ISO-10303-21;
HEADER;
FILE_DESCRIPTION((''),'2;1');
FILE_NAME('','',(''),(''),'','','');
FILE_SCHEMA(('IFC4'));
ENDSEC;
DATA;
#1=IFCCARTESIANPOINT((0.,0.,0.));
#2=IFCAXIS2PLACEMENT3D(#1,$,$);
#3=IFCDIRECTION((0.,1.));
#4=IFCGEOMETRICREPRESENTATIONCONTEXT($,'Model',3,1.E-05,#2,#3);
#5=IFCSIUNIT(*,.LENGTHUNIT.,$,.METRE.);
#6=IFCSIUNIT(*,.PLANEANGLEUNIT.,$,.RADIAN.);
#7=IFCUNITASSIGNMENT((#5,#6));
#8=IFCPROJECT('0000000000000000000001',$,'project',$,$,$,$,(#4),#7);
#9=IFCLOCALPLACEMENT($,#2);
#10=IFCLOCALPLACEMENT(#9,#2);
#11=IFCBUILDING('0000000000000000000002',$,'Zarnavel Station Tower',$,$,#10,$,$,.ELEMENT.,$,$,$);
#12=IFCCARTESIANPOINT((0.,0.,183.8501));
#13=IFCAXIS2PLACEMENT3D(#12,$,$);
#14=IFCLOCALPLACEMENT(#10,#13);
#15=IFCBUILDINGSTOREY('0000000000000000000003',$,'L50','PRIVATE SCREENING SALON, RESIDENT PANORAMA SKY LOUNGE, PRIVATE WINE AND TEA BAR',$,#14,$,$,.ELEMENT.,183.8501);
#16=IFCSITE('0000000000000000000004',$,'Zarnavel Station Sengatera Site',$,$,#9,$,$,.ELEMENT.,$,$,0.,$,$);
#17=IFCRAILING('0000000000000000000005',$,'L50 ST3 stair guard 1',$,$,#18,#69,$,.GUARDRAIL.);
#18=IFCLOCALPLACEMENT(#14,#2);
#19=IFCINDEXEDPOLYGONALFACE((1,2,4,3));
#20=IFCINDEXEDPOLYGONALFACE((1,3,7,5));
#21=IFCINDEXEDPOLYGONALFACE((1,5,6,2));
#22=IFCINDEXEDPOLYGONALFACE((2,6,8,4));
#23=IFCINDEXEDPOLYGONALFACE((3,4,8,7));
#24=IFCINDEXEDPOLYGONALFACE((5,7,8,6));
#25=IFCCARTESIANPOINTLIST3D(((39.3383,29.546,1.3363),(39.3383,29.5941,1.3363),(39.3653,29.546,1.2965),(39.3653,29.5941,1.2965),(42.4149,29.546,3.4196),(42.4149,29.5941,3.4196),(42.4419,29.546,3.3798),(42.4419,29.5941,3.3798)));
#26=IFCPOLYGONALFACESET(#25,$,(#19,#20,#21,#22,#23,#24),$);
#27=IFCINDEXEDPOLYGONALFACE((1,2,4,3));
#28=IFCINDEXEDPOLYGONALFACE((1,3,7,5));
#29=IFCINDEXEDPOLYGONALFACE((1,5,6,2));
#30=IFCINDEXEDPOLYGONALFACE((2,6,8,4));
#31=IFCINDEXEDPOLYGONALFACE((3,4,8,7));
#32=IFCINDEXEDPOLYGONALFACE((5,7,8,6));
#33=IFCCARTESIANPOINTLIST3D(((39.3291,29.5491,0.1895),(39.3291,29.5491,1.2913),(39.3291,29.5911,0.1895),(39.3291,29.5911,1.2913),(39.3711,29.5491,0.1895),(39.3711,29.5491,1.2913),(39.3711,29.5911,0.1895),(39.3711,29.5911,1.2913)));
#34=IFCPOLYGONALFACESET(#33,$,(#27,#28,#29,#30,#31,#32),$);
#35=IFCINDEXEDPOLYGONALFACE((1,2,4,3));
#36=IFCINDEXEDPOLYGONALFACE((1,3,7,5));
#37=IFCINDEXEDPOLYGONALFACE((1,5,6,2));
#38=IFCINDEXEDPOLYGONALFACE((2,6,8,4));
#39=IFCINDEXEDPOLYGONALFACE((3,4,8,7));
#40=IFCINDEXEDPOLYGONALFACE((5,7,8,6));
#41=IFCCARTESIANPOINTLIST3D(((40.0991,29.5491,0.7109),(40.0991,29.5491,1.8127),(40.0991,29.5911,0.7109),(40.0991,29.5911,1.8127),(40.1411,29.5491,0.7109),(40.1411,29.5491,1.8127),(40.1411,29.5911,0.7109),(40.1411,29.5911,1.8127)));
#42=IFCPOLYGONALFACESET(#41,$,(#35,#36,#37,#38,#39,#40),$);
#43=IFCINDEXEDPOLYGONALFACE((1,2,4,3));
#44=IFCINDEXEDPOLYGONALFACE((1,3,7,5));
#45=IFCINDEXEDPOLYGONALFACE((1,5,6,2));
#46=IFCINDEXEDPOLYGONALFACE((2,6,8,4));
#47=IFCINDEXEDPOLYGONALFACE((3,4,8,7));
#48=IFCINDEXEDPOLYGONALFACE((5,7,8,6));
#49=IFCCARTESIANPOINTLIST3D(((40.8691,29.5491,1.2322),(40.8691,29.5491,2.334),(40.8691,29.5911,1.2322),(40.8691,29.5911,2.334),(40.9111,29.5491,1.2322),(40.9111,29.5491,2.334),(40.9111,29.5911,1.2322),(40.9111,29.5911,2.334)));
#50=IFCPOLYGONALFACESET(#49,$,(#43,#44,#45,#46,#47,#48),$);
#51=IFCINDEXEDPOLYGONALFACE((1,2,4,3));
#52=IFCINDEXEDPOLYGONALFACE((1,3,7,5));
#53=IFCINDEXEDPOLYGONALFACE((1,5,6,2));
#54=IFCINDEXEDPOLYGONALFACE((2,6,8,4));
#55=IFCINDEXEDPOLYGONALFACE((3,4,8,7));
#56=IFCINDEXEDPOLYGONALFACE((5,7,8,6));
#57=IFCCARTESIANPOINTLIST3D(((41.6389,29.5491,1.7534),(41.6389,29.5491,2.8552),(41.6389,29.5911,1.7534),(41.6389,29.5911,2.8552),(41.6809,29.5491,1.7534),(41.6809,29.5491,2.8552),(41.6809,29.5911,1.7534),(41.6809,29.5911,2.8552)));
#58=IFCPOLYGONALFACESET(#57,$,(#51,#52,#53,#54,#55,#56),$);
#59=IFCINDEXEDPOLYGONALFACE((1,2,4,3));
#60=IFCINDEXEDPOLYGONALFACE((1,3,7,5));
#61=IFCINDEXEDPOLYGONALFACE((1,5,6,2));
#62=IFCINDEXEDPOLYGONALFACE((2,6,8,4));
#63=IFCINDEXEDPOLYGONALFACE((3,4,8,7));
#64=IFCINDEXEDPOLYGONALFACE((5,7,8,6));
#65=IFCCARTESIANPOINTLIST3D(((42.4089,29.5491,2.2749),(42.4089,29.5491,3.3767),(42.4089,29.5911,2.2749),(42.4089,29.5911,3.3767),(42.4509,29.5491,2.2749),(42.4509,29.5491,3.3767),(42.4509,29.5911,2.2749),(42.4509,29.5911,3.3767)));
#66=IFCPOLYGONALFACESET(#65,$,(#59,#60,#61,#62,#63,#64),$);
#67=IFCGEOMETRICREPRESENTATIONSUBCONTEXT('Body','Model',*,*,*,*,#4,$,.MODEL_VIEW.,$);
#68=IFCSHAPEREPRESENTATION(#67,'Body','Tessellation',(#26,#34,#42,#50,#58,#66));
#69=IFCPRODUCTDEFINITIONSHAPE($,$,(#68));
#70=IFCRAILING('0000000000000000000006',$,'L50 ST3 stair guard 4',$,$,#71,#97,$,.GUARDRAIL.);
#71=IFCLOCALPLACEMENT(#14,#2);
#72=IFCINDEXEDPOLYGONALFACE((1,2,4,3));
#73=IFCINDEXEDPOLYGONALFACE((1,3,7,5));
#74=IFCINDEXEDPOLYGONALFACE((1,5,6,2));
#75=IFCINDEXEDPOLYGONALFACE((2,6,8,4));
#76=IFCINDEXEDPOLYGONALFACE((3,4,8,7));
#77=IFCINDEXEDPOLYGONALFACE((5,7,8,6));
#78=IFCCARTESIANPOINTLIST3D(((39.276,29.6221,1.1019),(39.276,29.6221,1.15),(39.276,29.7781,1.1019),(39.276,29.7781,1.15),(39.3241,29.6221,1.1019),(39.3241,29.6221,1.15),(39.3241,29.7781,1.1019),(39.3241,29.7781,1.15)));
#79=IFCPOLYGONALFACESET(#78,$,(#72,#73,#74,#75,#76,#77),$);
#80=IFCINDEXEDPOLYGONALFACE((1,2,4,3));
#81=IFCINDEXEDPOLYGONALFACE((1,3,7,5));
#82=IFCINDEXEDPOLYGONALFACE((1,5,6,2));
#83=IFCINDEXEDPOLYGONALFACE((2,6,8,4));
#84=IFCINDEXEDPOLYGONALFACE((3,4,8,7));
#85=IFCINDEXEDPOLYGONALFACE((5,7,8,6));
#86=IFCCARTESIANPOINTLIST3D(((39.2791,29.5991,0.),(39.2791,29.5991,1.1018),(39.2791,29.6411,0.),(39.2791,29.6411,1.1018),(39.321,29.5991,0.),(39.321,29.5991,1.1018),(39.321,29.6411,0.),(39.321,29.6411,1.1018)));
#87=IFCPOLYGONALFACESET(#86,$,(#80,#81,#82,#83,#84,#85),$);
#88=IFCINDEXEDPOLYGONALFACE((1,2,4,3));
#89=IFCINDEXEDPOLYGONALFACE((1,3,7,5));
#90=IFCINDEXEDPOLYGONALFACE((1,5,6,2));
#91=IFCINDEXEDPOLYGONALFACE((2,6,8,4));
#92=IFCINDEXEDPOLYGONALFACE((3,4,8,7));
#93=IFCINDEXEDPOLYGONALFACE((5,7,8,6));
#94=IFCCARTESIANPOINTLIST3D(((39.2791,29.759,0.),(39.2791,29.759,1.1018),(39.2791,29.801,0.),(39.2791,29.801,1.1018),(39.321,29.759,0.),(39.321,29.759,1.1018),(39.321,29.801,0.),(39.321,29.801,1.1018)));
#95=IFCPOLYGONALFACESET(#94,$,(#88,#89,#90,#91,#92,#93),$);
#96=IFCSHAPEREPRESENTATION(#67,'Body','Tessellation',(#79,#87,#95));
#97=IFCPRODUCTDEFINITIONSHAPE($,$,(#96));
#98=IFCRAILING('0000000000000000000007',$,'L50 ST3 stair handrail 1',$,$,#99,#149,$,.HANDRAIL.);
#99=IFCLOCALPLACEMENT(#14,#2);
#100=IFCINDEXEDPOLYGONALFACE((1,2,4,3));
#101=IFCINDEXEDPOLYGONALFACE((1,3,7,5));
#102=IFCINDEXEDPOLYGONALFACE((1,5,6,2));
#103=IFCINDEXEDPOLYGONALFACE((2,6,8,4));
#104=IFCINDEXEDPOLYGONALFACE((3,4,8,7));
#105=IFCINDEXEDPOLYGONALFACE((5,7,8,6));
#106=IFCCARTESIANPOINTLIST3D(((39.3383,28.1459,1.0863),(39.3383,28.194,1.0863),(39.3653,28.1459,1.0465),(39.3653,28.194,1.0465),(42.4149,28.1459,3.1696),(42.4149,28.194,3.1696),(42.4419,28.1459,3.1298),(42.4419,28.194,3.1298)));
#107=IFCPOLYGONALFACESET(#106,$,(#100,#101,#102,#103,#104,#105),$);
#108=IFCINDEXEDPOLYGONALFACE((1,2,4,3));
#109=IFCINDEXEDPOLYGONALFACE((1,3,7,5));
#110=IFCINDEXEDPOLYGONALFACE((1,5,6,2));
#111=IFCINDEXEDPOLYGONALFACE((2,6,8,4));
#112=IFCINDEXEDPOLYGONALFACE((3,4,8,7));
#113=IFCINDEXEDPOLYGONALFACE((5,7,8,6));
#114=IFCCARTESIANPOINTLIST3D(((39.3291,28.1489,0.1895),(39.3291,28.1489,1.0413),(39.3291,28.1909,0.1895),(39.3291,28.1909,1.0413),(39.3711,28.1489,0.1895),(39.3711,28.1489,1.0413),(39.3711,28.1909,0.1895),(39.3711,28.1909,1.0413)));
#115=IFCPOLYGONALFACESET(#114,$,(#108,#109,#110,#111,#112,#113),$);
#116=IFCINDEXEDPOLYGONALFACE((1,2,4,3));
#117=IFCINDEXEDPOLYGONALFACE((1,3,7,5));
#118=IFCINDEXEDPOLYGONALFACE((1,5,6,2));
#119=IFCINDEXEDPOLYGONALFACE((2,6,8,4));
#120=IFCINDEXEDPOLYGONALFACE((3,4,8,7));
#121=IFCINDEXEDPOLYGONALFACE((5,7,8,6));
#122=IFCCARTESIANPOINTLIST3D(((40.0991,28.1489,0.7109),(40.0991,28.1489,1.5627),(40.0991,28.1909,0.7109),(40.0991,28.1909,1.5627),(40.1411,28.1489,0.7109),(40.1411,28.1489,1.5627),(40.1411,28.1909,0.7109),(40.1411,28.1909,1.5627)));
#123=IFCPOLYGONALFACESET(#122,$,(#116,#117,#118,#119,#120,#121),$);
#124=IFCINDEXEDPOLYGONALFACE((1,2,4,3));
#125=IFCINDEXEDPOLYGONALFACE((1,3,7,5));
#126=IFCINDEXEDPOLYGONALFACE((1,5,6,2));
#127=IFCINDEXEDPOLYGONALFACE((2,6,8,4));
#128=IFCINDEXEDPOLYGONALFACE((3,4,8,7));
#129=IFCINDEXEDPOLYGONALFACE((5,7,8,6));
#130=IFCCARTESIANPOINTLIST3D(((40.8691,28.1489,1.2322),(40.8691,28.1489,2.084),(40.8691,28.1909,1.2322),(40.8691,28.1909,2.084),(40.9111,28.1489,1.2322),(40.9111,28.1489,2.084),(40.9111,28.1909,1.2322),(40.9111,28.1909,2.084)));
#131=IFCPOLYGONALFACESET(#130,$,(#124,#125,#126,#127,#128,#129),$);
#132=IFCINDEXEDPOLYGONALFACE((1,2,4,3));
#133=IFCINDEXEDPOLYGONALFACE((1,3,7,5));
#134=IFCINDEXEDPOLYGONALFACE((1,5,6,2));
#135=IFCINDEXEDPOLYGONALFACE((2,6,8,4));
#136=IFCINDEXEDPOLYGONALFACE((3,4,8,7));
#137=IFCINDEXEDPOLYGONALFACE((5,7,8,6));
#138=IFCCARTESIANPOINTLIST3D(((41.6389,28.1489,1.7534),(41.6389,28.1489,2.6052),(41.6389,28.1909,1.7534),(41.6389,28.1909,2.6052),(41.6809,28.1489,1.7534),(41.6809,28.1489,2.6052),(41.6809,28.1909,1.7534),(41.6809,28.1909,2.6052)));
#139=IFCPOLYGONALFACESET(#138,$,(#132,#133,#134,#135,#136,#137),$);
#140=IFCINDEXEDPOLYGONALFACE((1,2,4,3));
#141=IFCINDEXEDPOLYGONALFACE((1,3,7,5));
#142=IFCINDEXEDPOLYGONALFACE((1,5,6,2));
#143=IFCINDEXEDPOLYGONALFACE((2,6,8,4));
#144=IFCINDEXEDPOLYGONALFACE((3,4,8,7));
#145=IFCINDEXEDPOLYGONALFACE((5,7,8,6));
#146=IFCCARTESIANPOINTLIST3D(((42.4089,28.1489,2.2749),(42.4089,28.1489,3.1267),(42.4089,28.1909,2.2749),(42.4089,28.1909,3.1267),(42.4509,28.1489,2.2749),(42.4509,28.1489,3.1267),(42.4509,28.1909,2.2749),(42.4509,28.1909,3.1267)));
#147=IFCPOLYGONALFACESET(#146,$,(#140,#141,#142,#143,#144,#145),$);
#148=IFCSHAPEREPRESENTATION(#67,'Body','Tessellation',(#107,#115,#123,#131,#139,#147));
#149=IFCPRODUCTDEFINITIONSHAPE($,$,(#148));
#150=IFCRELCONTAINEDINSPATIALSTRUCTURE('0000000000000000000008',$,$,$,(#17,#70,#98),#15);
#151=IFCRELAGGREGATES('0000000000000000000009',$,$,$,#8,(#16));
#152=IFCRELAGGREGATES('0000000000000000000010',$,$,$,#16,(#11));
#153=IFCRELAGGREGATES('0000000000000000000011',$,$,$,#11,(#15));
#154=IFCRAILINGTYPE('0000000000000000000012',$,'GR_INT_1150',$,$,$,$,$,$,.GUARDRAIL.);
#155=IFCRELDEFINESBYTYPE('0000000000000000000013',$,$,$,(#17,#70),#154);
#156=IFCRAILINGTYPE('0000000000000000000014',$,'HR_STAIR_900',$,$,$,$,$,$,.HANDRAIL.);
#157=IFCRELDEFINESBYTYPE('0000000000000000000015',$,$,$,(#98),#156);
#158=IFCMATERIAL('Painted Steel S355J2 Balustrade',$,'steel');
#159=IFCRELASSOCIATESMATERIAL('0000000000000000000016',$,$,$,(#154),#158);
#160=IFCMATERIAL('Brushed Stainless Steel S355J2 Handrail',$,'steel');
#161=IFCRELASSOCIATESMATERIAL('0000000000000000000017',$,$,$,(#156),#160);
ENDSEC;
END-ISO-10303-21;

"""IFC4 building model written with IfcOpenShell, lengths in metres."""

from ifc_helpers import new_model, si_unit, direction, frame, origin, origin_2d, place, context, subcontext, project, spatial, rectangle, extrude, material, type_object, element, save


model = new_model("IFC4")

# Units and contexts
model_context = context("Model", 3, precision=1e-05, world=origin(), true_north=direction((0.0, 1.0)))
body_context = subcontext(model_context, "Body", "Model", "MODEL_VIEW")
ifc_project = project(units=[si_unit("LENGTHUNIT", "METRE"), si_unit("PLANEANGLEUNIT", "RADIAN")], contexts=[model_context])

# Site, building, storey
site_placement = place(None, origin())
site = spatial("IfcSite", under=ifc_project, at=site_placement, Name="Zarnavel Station Sengatera Site", CompositionType="ELEMENT", RefElevation=0.0)
building_placement = place(site_placement, origin())
building = spatial("IfcBuilding", under=site, at=building_placement, Name="Zarnavel Station Tower", CompositionType="ELEMENT")
storey_placement = place(building_placement, frame((0.0, 0.0, 183.8501)))
storey = spatial("IfcBuildingStorey", under=building, at=storey_placement, Name="L50", Description="PRIVATE SCREENING SALON, RESIDENT PANORAMA SKY LOUNGE, PRIVATE WINE AND TEA BAR", CompositionType="ELEMENT", Elevation=183.8501)

# Railings
ifc_material_1 = material(Name="Painted Steel S355J2 Balustrade", Category="steel")
railing_type_1 = type_object("IfcRailingType", Name="GR_INT_1150", PredefinedType="GUARDRAIL", material=ifc_material_1)
railing_1_placement = place(storey_placement, frame((39.3501, 29.5701, 0.1895)))
element("IfcRailing", 1, at=railing_1_placement, inside=storey, type_object=railing_type_1, Name="L50 ST3 stair guard 1", PredefinedType="GUARDRAIL", context=body_context, shape_type="SweptSolid", body=[
    extrude(rectangle(XDim=0.0481, YDim=0.0481, at=origin_2d()), frame((0.0017, 0.0, 1.127), z_axis=(0.82803, 0.0, 0.560684), x_axis=(0.0, 1.0, 0.0)), (0.0, 0.0, 1.0), 3.7156),
    extrude(rectangle(XDim=0.042, YDim=0.042, at=origin_2d()), origin(), (0.0, 0.0, 1.0), 1.1018),
    extrude(rectangle(XDim=0.042, YDim=0.042, at=origin_2d()), frame((0.77, 0.0, 0.5215)), (0.0, 0.0, 1.0), 1.1018),
    extrude(rectangle(XDim=0.042, YDim=0.042, at=origin_2d()), frame((1.54, 0.0, 1.0427)), (0.0, 0.0, 1.0), 1.1018),
    extrude(rectangle(XDim=0.042, YDim=0.042, at=origin_2d()), frame((2.3098, 0.0, 1.564)), (0.0, 0.0, 1.0), 1.1018),
    extrude(rectangle(XDim=0.042, YDim=0.042, at=origin_2d()), frame((3.0798, 0.0, 2.0854)), (0.0, 0.0, 1.0), 1.1018),
])
railing_2_placement = place(storey_placement, frame((39.3, 29.6201, 0.0)))
element("IfcRailing", 2, at=railing_2_placement, inside=storey, type_object=railing_type_1, Name="L50 ST3 stair guard 4", PredefinedType="GUARDRAIL", context=body_context, shape_type="SweptSolid", body=[
    extrude(rectangle(XDim=0.0481, YDim=0.0481, at=origin_2d()), frame((0.0, 0.002, 1.126), z_axis=(0.0, 1.0, 0.0), x_axis=(-1.0, 0.0, 0.0)), (0.0, 0.0, 1.0), 0.156),
    extrude(rectangle(XDim=0.042, YDim=0.042, at=origin_2d()), origin(), (0.0, 0.0, 1.0), 1.1018),
    extrude(rectangle(XDim=0.042, YDim=0.042, at=origin_2d()), frame((0.0, 0.1599, 0.0)), (0.0, 0.0, 1.0), 1.1018),
])
ifc_material_2 = material(Name="Brushed Stainless Steel S355J2 Handrail", Category="steel")
railing_type_2 = type_object("IfcRailingType", Name="HR_STAIR_900", PredefinedType="HANDRAIL", material=ifc_material_2)
railing_3_placement = place(storey_placement, frame((39.3501, 28.1699, 0.1895)))
element("IfcRailing", 3, at=railing_3_placement, inside=storey, type_object=railing_type_2, Name="L50 ST3 stair handrail 1", PredefinedType="HANDRAIL", context=body_context, shape_type="SweptSolid", body=[
    extrude(rectangle(XDim=0.0481, YDim=0.0481, at=origin_2d()), frame((0.0017, 0.0, 0.877), z_axis=(0.82803, 0.0, 0.560684), x_axis=(0.0, 1.0, 0.0)), (0.0, 0.0, 1.0), 3.7156),
    extrude(rectangle(XDim=0.042, YDim=0.042, at=origin_2d()), origin(), (0.0, 0.0, 1.0), 0.8518),
    extrude(rectangle(XDim=0.042, YDim=0.042, at=origin_2d()), frame((0.77, 0.0, 0.5215)), (0.0, 0.0, 1.0), 0.8518),
    extrude(rectangle(XDim=0.042, YDim=0.042, at=origin_2d()), frame((1.54, 0.0, 1.0427)), (0.0, 0.0, 1.0), 0.8518),
    extrude(rectangle(XDim=0.042, YDim=0.042, at=origin_2d()), frame((2.3098, 0.0, 1.564)), (0.0, 0.0, 1.0), 0.8518),
    extrude(rectangle(XDim=0.042, YDim=0.042, at=origin_2d()), frame((3.0798, 0.0, 2.0854)), (0.0, 0.0, 1.0), 0.8518),
])

save(model, "model.ifc")
